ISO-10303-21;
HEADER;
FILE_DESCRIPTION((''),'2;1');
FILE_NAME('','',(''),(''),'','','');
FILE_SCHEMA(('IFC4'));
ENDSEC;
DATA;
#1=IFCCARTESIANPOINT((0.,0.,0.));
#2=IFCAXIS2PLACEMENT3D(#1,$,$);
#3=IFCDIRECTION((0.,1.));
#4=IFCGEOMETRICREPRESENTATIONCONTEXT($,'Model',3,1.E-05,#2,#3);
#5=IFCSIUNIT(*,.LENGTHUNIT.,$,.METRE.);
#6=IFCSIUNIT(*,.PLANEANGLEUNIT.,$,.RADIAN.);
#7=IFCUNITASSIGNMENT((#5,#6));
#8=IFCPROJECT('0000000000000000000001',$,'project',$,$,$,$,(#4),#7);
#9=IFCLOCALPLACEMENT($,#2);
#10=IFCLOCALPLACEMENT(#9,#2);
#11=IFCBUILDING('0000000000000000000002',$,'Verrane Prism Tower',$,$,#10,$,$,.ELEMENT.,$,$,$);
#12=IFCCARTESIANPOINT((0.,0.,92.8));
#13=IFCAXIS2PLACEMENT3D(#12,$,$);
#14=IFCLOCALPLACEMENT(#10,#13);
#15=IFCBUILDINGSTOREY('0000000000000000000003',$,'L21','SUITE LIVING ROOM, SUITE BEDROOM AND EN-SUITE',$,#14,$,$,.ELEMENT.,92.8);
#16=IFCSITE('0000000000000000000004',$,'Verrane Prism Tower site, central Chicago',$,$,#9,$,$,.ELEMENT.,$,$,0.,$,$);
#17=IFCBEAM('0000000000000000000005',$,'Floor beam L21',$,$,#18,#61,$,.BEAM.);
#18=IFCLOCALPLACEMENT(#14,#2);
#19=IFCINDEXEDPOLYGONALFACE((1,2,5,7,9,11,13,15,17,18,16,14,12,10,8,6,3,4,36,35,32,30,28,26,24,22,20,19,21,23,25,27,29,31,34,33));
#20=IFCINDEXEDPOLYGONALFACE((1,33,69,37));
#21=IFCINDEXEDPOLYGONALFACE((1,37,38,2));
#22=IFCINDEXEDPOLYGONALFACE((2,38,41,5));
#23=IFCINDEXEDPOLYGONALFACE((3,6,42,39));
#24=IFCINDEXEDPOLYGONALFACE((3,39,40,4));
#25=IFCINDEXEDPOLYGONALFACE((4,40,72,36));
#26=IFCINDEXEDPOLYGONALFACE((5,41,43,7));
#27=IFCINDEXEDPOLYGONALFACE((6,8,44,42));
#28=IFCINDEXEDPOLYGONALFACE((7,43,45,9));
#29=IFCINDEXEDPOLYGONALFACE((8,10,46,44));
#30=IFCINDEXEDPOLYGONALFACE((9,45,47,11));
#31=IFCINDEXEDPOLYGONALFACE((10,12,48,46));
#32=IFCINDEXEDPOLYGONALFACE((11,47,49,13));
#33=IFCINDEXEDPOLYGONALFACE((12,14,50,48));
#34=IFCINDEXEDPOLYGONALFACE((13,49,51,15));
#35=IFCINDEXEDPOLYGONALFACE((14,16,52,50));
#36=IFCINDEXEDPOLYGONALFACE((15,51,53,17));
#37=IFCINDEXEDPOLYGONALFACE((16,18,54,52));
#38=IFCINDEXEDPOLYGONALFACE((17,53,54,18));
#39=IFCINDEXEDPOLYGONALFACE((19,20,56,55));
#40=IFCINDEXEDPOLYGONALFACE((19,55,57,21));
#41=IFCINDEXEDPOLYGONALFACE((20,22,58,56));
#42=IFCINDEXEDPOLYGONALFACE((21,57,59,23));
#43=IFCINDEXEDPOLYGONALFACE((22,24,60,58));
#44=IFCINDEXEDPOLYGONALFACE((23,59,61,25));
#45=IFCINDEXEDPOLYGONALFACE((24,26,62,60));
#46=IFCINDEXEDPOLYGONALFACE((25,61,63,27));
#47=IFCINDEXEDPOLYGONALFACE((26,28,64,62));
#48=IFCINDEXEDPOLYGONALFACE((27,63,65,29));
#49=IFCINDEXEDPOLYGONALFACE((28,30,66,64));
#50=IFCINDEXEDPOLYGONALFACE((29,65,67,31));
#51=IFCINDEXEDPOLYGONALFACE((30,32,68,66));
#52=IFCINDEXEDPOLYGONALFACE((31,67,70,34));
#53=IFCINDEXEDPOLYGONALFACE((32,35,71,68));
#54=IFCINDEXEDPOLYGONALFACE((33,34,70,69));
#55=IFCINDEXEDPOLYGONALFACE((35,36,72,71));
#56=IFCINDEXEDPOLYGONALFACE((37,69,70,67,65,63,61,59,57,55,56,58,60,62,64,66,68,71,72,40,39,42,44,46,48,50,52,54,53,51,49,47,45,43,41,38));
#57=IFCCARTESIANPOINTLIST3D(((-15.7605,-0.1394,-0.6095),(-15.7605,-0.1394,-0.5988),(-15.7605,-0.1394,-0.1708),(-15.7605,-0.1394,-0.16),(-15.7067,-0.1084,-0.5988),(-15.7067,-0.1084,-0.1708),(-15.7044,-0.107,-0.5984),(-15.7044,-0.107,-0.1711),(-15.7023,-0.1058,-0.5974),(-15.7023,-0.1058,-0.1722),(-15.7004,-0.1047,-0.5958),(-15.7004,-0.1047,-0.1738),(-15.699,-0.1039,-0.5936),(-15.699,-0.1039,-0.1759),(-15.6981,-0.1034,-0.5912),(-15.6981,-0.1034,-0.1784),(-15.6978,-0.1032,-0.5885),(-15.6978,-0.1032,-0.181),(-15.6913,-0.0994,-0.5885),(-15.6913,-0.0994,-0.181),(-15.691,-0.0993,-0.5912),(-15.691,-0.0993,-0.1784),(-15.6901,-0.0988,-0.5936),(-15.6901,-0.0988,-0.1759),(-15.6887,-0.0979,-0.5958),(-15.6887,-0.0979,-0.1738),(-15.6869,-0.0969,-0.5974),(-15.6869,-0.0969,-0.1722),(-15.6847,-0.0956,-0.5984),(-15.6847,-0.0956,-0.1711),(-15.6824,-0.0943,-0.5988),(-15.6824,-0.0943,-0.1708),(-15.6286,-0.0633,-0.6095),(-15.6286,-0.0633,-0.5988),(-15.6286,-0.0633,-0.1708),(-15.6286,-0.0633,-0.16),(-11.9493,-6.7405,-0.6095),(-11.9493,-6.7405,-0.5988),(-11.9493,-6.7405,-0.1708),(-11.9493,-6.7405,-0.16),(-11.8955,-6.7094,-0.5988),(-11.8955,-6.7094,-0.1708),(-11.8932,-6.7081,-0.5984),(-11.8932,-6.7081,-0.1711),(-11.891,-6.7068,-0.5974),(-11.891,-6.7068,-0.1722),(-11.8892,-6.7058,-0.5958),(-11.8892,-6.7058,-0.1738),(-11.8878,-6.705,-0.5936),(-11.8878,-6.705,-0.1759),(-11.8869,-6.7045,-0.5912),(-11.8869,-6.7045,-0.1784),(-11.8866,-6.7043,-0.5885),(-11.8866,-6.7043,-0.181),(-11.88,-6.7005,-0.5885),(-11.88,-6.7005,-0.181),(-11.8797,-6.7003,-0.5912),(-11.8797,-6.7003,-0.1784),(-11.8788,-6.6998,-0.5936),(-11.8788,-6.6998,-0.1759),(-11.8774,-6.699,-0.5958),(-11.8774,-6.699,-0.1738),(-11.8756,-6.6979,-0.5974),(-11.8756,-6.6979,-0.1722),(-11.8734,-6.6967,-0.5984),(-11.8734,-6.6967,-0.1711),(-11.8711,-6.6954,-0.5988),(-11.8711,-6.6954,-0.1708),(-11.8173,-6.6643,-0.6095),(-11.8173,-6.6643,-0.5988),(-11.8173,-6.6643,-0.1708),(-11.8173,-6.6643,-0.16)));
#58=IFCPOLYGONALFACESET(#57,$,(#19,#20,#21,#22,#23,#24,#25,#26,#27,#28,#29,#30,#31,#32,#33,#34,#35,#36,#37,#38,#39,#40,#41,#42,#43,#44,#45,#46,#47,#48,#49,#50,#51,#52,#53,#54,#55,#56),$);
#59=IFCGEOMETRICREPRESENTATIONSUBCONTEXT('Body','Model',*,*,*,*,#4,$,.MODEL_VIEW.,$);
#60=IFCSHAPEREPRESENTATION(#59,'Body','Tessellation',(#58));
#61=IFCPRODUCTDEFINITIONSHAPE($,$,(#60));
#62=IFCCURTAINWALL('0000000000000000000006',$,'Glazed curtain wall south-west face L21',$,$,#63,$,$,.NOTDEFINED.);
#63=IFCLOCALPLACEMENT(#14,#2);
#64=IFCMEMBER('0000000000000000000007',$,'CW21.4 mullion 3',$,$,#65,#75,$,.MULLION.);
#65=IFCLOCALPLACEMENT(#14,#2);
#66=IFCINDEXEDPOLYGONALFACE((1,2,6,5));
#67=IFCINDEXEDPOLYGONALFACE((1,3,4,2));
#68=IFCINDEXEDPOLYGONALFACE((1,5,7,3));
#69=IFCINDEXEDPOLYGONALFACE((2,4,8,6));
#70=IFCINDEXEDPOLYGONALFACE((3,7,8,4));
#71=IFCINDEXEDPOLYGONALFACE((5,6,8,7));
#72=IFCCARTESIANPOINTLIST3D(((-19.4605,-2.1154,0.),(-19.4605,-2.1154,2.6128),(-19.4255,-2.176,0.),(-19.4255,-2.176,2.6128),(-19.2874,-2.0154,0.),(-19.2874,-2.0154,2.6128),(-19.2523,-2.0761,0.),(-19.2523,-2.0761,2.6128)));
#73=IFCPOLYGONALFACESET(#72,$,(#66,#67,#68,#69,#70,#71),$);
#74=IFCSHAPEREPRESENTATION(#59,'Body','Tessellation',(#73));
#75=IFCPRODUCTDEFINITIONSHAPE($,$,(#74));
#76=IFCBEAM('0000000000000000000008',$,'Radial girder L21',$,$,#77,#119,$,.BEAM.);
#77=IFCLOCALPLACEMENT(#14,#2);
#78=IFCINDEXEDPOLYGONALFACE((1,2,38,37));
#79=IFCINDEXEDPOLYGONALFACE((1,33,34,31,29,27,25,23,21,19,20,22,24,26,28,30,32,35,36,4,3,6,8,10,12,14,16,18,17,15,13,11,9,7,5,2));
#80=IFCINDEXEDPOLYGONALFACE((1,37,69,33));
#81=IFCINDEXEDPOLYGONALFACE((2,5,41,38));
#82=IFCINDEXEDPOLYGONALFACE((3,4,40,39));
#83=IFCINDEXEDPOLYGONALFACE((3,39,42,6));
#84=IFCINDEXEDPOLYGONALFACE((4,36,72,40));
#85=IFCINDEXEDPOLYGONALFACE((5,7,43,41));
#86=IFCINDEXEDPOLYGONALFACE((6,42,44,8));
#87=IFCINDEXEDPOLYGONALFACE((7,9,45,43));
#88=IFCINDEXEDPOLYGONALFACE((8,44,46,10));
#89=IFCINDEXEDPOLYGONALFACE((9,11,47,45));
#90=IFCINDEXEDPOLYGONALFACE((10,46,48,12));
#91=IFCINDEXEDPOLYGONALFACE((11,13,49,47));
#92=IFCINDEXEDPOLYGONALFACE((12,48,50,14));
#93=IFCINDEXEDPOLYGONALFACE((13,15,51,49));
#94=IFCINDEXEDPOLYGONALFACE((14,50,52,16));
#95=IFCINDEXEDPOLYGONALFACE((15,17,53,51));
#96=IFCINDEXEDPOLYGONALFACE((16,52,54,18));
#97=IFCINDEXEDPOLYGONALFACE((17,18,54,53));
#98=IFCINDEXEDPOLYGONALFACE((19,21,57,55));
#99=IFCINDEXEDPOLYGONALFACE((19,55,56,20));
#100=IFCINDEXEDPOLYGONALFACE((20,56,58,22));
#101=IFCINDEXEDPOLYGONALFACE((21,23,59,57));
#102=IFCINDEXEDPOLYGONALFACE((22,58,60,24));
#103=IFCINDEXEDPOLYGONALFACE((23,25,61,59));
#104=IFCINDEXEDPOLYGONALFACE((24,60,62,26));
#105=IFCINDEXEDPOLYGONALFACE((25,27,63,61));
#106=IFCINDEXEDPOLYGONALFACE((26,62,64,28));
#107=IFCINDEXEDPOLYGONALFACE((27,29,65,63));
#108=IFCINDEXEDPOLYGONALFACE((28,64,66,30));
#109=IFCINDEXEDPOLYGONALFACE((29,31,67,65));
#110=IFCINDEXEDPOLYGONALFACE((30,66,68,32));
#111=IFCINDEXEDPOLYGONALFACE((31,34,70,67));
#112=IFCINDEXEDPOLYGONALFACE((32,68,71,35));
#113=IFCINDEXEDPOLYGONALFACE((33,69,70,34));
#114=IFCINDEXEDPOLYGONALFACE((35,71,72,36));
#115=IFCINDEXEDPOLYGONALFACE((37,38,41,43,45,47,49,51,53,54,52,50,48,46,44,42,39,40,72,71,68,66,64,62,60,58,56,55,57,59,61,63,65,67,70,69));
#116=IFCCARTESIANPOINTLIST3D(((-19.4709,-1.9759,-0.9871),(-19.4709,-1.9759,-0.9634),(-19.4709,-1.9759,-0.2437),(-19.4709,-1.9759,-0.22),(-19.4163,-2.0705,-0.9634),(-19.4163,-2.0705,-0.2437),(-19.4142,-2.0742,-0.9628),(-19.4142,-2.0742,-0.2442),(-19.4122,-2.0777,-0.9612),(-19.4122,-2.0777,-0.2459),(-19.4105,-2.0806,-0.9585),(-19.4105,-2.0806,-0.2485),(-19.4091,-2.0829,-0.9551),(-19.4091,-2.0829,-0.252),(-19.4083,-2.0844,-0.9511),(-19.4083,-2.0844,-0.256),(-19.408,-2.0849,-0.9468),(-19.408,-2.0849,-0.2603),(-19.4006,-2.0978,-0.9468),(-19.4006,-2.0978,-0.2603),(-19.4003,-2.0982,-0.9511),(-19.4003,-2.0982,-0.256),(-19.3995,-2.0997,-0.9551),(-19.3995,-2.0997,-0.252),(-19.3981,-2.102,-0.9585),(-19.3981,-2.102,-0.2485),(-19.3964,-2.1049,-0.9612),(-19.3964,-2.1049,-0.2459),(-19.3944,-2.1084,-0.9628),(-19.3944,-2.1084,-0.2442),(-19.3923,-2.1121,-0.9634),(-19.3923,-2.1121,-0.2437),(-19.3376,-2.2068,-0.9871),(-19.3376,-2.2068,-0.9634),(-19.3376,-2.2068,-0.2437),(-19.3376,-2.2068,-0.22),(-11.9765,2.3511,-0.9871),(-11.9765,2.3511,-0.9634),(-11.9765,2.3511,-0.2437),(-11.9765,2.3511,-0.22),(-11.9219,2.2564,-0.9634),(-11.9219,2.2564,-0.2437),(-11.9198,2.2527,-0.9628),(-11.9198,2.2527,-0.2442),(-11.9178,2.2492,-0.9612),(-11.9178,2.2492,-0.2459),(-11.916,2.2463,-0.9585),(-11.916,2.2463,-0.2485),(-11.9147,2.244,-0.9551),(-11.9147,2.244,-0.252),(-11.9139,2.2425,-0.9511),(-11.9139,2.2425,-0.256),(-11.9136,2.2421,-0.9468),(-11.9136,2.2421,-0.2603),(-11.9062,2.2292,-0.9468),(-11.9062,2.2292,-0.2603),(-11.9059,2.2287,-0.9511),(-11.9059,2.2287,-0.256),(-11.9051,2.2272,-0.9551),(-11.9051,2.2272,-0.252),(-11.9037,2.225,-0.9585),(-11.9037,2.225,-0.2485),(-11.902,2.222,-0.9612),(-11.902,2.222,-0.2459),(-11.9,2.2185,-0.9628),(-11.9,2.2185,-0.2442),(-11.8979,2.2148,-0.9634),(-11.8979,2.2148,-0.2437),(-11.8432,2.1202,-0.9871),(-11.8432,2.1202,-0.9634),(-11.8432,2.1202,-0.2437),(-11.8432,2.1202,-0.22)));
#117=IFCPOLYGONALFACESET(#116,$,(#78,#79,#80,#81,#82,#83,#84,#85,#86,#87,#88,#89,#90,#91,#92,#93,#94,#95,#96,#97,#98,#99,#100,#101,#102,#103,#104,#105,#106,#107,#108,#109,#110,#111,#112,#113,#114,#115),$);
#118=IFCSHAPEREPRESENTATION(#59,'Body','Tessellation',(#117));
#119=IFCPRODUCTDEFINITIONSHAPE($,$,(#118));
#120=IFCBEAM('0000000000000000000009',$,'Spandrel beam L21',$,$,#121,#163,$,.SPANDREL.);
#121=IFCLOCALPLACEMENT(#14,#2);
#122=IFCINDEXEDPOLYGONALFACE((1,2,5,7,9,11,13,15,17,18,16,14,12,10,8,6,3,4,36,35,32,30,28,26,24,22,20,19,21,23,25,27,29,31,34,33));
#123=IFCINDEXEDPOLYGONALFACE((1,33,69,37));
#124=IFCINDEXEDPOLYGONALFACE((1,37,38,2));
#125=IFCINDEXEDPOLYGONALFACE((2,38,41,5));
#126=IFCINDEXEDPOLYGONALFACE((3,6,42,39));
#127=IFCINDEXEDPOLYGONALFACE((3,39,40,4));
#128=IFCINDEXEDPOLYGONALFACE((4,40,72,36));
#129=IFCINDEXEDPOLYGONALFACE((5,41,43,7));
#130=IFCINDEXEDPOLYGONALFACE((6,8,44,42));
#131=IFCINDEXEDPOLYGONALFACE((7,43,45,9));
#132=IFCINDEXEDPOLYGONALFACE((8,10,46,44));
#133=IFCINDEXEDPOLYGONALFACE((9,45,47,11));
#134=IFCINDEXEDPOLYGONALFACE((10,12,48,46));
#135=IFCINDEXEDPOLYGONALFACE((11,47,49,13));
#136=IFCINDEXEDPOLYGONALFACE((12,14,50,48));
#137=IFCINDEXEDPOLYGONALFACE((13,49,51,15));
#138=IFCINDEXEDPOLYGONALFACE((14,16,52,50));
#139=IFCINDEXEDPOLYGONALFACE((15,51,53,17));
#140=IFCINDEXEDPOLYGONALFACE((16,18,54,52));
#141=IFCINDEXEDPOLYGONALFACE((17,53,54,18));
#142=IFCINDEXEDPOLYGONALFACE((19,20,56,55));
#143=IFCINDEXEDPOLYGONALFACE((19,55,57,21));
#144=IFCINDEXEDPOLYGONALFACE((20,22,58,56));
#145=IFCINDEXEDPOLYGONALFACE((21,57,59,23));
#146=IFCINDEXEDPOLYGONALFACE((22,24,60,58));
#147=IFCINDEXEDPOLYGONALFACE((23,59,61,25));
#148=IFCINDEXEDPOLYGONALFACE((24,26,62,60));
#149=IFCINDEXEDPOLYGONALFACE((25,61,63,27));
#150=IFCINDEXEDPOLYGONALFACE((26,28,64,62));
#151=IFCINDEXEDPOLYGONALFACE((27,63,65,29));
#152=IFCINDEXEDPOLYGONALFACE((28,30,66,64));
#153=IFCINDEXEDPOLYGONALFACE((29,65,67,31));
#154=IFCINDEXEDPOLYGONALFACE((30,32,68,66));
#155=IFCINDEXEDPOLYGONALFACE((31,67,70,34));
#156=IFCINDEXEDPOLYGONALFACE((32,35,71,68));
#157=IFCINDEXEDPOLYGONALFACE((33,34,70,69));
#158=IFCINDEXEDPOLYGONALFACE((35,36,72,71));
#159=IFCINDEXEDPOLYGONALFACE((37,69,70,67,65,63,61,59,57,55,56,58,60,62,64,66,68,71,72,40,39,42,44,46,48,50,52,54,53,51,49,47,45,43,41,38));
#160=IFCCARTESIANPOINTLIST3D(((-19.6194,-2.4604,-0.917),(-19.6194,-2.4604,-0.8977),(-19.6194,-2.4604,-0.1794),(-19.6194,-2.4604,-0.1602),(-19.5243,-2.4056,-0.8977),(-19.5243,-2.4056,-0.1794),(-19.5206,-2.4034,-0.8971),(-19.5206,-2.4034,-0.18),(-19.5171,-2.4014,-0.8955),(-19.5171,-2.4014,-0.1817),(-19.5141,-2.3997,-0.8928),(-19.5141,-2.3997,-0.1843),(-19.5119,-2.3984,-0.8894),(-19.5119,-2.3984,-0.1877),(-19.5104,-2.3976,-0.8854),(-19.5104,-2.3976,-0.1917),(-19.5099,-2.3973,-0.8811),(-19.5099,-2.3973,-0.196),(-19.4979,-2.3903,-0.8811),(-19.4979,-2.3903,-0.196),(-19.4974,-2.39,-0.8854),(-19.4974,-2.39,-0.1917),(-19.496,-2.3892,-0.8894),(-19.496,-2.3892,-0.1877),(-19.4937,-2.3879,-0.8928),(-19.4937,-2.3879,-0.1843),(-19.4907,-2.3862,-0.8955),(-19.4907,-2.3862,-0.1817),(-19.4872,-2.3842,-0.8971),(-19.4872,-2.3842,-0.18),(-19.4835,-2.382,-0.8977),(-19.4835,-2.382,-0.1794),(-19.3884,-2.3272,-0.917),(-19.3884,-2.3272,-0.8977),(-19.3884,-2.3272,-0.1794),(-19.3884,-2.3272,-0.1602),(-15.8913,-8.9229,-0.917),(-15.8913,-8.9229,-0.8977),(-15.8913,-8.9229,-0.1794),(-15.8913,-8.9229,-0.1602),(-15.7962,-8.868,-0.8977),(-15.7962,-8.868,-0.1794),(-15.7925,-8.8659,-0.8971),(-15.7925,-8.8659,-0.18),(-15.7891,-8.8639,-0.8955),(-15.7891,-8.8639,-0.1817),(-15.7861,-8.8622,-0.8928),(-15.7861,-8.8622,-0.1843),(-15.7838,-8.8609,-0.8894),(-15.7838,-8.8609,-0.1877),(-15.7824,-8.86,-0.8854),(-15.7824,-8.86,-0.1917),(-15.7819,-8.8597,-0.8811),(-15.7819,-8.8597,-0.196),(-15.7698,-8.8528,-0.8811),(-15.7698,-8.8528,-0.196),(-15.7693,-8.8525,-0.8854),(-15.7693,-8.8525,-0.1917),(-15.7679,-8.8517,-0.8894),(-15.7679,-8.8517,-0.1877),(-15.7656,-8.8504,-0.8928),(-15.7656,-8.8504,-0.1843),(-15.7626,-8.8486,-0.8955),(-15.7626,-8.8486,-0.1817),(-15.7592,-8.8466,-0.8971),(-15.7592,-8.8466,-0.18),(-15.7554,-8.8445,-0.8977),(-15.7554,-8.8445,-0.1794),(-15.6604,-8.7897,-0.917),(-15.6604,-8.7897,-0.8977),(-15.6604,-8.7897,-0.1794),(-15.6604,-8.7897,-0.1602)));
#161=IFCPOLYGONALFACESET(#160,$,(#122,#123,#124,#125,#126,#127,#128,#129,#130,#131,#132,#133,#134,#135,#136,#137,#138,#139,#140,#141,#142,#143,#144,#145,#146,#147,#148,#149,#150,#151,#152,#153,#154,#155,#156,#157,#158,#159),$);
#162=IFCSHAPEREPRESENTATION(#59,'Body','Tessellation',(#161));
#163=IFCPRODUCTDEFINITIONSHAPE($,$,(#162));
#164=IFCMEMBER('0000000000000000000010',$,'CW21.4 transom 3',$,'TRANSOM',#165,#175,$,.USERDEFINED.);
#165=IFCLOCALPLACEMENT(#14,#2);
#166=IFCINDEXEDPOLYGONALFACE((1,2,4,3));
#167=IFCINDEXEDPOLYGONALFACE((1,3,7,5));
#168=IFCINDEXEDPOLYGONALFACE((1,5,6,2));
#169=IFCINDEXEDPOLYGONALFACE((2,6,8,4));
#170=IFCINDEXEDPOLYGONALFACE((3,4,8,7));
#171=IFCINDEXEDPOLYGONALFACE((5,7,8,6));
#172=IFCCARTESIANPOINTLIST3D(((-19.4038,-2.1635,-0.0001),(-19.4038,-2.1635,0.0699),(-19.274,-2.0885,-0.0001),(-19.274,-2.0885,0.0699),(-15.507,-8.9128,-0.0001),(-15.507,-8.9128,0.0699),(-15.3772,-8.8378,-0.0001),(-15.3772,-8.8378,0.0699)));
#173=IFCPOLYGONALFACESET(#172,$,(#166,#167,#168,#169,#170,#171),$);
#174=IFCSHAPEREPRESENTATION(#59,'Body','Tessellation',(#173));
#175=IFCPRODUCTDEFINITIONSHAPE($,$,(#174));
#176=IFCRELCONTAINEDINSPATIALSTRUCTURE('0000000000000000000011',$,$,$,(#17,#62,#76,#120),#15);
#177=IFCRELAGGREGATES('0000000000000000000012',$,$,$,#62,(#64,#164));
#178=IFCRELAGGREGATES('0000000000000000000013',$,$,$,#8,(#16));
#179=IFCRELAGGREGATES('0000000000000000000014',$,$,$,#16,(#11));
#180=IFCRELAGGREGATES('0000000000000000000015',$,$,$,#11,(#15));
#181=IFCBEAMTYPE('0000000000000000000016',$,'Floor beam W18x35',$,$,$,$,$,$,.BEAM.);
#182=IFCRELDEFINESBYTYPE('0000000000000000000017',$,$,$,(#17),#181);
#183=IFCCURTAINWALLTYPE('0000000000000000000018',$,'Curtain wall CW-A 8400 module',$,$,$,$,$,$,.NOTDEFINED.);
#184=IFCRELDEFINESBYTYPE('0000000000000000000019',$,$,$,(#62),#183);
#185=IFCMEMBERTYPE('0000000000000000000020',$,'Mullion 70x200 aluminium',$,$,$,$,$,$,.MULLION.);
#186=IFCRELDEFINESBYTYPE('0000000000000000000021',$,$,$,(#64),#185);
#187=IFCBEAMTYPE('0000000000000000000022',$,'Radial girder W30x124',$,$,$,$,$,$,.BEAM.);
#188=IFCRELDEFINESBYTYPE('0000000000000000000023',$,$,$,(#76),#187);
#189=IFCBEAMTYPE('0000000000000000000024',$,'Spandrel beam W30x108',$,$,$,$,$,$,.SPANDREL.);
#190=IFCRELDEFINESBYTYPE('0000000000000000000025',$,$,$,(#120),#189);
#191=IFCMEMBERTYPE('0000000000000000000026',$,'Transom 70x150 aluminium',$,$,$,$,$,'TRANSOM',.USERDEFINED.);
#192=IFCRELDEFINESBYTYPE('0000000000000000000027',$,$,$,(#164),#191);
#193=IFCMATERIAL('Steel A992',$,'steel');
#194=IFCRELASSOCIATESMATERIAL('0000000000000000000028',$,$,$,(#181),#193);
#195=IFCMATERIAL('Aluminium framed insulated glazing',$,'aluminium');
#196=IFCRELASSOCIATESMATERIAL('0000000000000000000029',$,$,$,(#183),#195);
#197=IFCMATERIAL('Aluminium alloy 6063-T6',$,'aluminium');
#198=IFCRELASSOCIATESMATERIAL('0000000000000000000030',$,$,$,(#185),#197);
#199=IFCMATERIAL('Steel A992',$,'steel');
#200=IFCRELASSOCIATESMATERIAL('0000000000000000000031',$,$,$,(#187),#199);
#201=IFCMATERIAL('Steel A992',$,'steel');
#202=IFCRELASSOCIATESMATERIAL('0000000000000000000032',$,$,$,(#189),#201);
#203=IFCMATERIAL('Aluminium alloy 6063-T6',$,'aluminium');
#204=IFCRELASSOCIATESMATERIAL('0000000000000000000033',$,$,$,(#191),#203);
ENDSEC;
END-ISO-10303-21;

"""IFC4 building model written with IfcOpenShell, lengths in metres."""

from ifc_helpers import new_model, si_unit, direction, frame, origin, origin_2d, place, context, subcontext, project, spatial, rectangle, i_section, extrude, material, material_profile, profile_set, type_object, element, aggregate, save


model = new_model("IFC4")

# Units and contexts
model_context = context("Model", 3, precision=1e-05, world=origin(), true_north=direction((0.0, 1.0)))
body_context = subcontext(model_context, "Body", "Model", "MODEL_VIEW")
ifc_project = project(units=[si_unit("LENGTHUNIT", "METRE"), si_unit("PLANEANGLEUNIT", "RADIAN")], contexts=[model_context])

# Site, building, storey
site_placement = place(None, origin())
site = spatial("IfcSite", under=ifc_project, at=site_placement, Name="Verrane Prism Tower site, central Chicago", CompositionType="ELEMENT", RefElevation=0.0)
building_placement = place(site_placement, origin())
building = spatial("IfcBuilding", under=site, at=building_placement, Name="Verrane Prism Tower", CompositionType="ELEMENT")
storey_placement = place(building_placement, frame((0.0, 0.0, 92.8)))
storey = spatial("IfcBuildingStorey", under=building, at=storey_placement, Name="L21", Description="SUITE LIVING ROOM, SUITE BEDROOM AND EN-SUITE", CompositionType="ELEMENT", Elevation=92.8)

# Beam
ifc_material_1 = material(Name="Steel A992", Category="steel")
ifc_material_profile_1 = material_profile(ifc_material_1, i_section(OverallWidth=0.1523, OverallDepth=0.4495, WebThickness=0.0076, FlangeThickness=0.0107, FilletRadius=0.0103, at=origin_2d()), Name="W18x35")
ifc_profile_set_1 = profile_set([ifc_material_profile_1], Name="Steel A992")
beam_type_1 = type_object("IfcBeamType", Name="Floor beam W18x35", PredefinedType="BEAM", material=ifc_profile_set_1)
beam_1_placement = place(storey_placement, frame((-11.8833, -6.7024, -0.3848), z_axis=(-0.500014, 0.866017, 0.0), x_axis=(-0.866017, -0.500014, 0.0)))
element("IfcBeam", 1, at=beam_1_placement, inside=storey, type_object=beam_type_1, Name="Floor beam L21", PredefinedType="BEAM", context=body_context, shape_type="SweptSolid", body=[
    extrude(i_section(OverallWidth=0.1523, OverallDepth=0.4495, WebThickness=0.0076, FlangeThickness=0.0107, FilletRadius=0.0103, at=origin_2d()), origin(), (0.0, 0.0, 1.0), 7.6223),
])

# Curtain wall, member
ifc_material_2 = material(Name="Aluminium framed insulated glazing", Category="aluminium")
curtain_wall_type = type_object("IfcCurtainWallType", Name="Curtain wall CW-A 8400 module", PredefinedType="NOTDEFINED", material=ifc_material_2)
curtain_wall_placement = place(storey_placement, origin())
curtain_wall = element("IfcCurtainWall", 2, at=curtain_wall_placement, inside=storey, type_object=curtain_wall_type, Name="Glazed curtain wall south-west face L21", PredefinedType="NOTDEFINED")
ifc_material_3 = material(Name="Aluminium alloy 6063-T6", Category="aluminium")
ifc_material_profile_2 = material_profile(ifc_material_3, rectangle(XDim=0.2, YDim=0.0701, at=origin_2d()), Name="Mullion 70x200 aluminium")
ifc_profile_set_2 = profile_set([ifc_material_profile_2], Name="Aluminium alloy 6063-T6")
member_type_1 = type_object("IfcMemberType", Name="Mullion 70x200 aluminium", PredefinedType="MULLION", material=ifc_profile_set_2)
member_1_placement = place(storey_placement, frame((-19.3564, -2.0957, 0.0), z_axis=(0.0, 0.0, 1.0), x_axis=(0.866026, 0.5, 0.0)))
member_1 = element("IfcMember", 3, at=member_1_placement, type_object=member_type_1, Name="CW21.4 mullion 3", PredefinedType="MULLION", context=body_context, shape_type="SweptSolid", body=[
    extrude(rectangle(XDim=0.2, YDim=0.0701, at=origin_2d()), origin(), (0.0, 0.0, 1.0), 2.6128),
])

# Beams
ifc_material_4 = material(Name="Steel A992", Category="steel")
ifc_material_profile_3 = material_profile(ifc_material_4, i_section(OverallWidth=0.2666, OverallDepth=0.7671, WebThickness=0.0149, FlangeThickness=0.0237, FilletRadius=0.0166, at=origin_2d()), Name="W30x124")
ifc_profile_set_3 = profile_set([ifc_material_profile_3], Name="Steel A992")
beam_type_2 = type_object("IfcBeamType", Name="Radial girder W30x124", PredefinedType="BEAM", material=ifc_profile_set_3)
beam_2_placement = place(storey_placement, frame((-19.4043, -2.0913, -0.6035), z_axis=(0.866024, 0.500002, 0.0), x_axis=(-0.500002, 0.866024, 0.0)))
element("IfcBeam", 4, at=beam_2_placement, inside=storey, type_object=beam_type_2, Name="Radial girder L21", PredefinedType="BEAM", context=body_context, shape_type="SweptSolid", body=[
    extrude(i_section(OverallWidth=0.2666, OverallDepth=0.7671, WebThickness=0.0149, FlangeThickness=0.0237, FilletRadius=0.0166, at=origin_2d()), origin(), (0.0, 0.0, 1.0), 8.6538),
])
ifc_material_5 = material(Name="Steel A992", Category="steel")
ifc_material_profile_4 = material_profile(ifc_material_5, i_section(OverallWidth=0.2666, OverallDepth=0.7568, WebThickness=0.0139, FlangeThickness=0.0193, FilletRadius=0.0166, at=origin_2d()), Name="W30x108")
ifc_profile_set_4 = profile_set([ifc_material_profile_4], Name="Steel A992")
beam_type_3 = type_object("IfcBeamType", Name="Spandrel beam W30x108", PredefinedType="SPANDREL", material=ifc_profile_set_4)
beam_3_placement = place(storey_placement, frame((-19.5039, -2.3938, -0.5386), z_axis=(0.499694, -0.866202, 0.0), x_axis=(0.866202, 0.499694, 0.0)))
element("IfcBeam", 5, at=beam_3_placement, inside=storey, type_object=beam_type_3, Name="Spandrel beam L21", PredefinedType="SPANDREL", context=body_context, shape_type="SweptSolid", body=[
    extrude(i_section(OverallWidth=0.2666, OverallDepth=0.7568, WebThickness=0.0139, FlangeThickness=0.0193, FilletRadius=0.0166, at=origin_2d()), origin(), (0.0, 0.0, 1.0), 7.4607),
])

# Member
ifc_material_6 = material(Name="Aluminium alloy 6063-T6", Category="aluminium")
ifc_material_profile_5 = material_profile(ifc_material_6, rectangle(XDim=0.1499, YDim=0.0701, at=origin_2d()), Name="Transom 70x150 aluminium")
ifc_profile_set_5 = profile_set([ifc_material_profile_5], Name="Aluminium alloy 6063-T6")
member_type_2 = type_object("IfcMemberType", Name="Transom 70x150 aluminium", ElementType="TRANSOM", PredefinedType="USERDEFINED", material=ifc_profile_set_5)
member_2_placement = place(storey_placement, frame((-19.3389, -2.126, 0.0349), z_axis=(0.500004, -0.866023, 0.0), x_axis=(0.866023, 0.500004, 0.0)))
member_2 = element("IfcMember", 6, at=member_2_placement, type_object=member_type_2, Name="CW21.4 transom 3", ObjectType="TRANSOM", PredefinedType="USERDEFINED", context=body_context, shape_type="SweptSolid", body=[
    extrude(rectangle(XDim=0.1499, YDim=0.0701, at=origin_2d()), origin(), (0.0, 0.0, 1.0), 7.7935),
])

aggregate(curtain_wall, [member_1, member_2])

save(model, "model.ifc")
